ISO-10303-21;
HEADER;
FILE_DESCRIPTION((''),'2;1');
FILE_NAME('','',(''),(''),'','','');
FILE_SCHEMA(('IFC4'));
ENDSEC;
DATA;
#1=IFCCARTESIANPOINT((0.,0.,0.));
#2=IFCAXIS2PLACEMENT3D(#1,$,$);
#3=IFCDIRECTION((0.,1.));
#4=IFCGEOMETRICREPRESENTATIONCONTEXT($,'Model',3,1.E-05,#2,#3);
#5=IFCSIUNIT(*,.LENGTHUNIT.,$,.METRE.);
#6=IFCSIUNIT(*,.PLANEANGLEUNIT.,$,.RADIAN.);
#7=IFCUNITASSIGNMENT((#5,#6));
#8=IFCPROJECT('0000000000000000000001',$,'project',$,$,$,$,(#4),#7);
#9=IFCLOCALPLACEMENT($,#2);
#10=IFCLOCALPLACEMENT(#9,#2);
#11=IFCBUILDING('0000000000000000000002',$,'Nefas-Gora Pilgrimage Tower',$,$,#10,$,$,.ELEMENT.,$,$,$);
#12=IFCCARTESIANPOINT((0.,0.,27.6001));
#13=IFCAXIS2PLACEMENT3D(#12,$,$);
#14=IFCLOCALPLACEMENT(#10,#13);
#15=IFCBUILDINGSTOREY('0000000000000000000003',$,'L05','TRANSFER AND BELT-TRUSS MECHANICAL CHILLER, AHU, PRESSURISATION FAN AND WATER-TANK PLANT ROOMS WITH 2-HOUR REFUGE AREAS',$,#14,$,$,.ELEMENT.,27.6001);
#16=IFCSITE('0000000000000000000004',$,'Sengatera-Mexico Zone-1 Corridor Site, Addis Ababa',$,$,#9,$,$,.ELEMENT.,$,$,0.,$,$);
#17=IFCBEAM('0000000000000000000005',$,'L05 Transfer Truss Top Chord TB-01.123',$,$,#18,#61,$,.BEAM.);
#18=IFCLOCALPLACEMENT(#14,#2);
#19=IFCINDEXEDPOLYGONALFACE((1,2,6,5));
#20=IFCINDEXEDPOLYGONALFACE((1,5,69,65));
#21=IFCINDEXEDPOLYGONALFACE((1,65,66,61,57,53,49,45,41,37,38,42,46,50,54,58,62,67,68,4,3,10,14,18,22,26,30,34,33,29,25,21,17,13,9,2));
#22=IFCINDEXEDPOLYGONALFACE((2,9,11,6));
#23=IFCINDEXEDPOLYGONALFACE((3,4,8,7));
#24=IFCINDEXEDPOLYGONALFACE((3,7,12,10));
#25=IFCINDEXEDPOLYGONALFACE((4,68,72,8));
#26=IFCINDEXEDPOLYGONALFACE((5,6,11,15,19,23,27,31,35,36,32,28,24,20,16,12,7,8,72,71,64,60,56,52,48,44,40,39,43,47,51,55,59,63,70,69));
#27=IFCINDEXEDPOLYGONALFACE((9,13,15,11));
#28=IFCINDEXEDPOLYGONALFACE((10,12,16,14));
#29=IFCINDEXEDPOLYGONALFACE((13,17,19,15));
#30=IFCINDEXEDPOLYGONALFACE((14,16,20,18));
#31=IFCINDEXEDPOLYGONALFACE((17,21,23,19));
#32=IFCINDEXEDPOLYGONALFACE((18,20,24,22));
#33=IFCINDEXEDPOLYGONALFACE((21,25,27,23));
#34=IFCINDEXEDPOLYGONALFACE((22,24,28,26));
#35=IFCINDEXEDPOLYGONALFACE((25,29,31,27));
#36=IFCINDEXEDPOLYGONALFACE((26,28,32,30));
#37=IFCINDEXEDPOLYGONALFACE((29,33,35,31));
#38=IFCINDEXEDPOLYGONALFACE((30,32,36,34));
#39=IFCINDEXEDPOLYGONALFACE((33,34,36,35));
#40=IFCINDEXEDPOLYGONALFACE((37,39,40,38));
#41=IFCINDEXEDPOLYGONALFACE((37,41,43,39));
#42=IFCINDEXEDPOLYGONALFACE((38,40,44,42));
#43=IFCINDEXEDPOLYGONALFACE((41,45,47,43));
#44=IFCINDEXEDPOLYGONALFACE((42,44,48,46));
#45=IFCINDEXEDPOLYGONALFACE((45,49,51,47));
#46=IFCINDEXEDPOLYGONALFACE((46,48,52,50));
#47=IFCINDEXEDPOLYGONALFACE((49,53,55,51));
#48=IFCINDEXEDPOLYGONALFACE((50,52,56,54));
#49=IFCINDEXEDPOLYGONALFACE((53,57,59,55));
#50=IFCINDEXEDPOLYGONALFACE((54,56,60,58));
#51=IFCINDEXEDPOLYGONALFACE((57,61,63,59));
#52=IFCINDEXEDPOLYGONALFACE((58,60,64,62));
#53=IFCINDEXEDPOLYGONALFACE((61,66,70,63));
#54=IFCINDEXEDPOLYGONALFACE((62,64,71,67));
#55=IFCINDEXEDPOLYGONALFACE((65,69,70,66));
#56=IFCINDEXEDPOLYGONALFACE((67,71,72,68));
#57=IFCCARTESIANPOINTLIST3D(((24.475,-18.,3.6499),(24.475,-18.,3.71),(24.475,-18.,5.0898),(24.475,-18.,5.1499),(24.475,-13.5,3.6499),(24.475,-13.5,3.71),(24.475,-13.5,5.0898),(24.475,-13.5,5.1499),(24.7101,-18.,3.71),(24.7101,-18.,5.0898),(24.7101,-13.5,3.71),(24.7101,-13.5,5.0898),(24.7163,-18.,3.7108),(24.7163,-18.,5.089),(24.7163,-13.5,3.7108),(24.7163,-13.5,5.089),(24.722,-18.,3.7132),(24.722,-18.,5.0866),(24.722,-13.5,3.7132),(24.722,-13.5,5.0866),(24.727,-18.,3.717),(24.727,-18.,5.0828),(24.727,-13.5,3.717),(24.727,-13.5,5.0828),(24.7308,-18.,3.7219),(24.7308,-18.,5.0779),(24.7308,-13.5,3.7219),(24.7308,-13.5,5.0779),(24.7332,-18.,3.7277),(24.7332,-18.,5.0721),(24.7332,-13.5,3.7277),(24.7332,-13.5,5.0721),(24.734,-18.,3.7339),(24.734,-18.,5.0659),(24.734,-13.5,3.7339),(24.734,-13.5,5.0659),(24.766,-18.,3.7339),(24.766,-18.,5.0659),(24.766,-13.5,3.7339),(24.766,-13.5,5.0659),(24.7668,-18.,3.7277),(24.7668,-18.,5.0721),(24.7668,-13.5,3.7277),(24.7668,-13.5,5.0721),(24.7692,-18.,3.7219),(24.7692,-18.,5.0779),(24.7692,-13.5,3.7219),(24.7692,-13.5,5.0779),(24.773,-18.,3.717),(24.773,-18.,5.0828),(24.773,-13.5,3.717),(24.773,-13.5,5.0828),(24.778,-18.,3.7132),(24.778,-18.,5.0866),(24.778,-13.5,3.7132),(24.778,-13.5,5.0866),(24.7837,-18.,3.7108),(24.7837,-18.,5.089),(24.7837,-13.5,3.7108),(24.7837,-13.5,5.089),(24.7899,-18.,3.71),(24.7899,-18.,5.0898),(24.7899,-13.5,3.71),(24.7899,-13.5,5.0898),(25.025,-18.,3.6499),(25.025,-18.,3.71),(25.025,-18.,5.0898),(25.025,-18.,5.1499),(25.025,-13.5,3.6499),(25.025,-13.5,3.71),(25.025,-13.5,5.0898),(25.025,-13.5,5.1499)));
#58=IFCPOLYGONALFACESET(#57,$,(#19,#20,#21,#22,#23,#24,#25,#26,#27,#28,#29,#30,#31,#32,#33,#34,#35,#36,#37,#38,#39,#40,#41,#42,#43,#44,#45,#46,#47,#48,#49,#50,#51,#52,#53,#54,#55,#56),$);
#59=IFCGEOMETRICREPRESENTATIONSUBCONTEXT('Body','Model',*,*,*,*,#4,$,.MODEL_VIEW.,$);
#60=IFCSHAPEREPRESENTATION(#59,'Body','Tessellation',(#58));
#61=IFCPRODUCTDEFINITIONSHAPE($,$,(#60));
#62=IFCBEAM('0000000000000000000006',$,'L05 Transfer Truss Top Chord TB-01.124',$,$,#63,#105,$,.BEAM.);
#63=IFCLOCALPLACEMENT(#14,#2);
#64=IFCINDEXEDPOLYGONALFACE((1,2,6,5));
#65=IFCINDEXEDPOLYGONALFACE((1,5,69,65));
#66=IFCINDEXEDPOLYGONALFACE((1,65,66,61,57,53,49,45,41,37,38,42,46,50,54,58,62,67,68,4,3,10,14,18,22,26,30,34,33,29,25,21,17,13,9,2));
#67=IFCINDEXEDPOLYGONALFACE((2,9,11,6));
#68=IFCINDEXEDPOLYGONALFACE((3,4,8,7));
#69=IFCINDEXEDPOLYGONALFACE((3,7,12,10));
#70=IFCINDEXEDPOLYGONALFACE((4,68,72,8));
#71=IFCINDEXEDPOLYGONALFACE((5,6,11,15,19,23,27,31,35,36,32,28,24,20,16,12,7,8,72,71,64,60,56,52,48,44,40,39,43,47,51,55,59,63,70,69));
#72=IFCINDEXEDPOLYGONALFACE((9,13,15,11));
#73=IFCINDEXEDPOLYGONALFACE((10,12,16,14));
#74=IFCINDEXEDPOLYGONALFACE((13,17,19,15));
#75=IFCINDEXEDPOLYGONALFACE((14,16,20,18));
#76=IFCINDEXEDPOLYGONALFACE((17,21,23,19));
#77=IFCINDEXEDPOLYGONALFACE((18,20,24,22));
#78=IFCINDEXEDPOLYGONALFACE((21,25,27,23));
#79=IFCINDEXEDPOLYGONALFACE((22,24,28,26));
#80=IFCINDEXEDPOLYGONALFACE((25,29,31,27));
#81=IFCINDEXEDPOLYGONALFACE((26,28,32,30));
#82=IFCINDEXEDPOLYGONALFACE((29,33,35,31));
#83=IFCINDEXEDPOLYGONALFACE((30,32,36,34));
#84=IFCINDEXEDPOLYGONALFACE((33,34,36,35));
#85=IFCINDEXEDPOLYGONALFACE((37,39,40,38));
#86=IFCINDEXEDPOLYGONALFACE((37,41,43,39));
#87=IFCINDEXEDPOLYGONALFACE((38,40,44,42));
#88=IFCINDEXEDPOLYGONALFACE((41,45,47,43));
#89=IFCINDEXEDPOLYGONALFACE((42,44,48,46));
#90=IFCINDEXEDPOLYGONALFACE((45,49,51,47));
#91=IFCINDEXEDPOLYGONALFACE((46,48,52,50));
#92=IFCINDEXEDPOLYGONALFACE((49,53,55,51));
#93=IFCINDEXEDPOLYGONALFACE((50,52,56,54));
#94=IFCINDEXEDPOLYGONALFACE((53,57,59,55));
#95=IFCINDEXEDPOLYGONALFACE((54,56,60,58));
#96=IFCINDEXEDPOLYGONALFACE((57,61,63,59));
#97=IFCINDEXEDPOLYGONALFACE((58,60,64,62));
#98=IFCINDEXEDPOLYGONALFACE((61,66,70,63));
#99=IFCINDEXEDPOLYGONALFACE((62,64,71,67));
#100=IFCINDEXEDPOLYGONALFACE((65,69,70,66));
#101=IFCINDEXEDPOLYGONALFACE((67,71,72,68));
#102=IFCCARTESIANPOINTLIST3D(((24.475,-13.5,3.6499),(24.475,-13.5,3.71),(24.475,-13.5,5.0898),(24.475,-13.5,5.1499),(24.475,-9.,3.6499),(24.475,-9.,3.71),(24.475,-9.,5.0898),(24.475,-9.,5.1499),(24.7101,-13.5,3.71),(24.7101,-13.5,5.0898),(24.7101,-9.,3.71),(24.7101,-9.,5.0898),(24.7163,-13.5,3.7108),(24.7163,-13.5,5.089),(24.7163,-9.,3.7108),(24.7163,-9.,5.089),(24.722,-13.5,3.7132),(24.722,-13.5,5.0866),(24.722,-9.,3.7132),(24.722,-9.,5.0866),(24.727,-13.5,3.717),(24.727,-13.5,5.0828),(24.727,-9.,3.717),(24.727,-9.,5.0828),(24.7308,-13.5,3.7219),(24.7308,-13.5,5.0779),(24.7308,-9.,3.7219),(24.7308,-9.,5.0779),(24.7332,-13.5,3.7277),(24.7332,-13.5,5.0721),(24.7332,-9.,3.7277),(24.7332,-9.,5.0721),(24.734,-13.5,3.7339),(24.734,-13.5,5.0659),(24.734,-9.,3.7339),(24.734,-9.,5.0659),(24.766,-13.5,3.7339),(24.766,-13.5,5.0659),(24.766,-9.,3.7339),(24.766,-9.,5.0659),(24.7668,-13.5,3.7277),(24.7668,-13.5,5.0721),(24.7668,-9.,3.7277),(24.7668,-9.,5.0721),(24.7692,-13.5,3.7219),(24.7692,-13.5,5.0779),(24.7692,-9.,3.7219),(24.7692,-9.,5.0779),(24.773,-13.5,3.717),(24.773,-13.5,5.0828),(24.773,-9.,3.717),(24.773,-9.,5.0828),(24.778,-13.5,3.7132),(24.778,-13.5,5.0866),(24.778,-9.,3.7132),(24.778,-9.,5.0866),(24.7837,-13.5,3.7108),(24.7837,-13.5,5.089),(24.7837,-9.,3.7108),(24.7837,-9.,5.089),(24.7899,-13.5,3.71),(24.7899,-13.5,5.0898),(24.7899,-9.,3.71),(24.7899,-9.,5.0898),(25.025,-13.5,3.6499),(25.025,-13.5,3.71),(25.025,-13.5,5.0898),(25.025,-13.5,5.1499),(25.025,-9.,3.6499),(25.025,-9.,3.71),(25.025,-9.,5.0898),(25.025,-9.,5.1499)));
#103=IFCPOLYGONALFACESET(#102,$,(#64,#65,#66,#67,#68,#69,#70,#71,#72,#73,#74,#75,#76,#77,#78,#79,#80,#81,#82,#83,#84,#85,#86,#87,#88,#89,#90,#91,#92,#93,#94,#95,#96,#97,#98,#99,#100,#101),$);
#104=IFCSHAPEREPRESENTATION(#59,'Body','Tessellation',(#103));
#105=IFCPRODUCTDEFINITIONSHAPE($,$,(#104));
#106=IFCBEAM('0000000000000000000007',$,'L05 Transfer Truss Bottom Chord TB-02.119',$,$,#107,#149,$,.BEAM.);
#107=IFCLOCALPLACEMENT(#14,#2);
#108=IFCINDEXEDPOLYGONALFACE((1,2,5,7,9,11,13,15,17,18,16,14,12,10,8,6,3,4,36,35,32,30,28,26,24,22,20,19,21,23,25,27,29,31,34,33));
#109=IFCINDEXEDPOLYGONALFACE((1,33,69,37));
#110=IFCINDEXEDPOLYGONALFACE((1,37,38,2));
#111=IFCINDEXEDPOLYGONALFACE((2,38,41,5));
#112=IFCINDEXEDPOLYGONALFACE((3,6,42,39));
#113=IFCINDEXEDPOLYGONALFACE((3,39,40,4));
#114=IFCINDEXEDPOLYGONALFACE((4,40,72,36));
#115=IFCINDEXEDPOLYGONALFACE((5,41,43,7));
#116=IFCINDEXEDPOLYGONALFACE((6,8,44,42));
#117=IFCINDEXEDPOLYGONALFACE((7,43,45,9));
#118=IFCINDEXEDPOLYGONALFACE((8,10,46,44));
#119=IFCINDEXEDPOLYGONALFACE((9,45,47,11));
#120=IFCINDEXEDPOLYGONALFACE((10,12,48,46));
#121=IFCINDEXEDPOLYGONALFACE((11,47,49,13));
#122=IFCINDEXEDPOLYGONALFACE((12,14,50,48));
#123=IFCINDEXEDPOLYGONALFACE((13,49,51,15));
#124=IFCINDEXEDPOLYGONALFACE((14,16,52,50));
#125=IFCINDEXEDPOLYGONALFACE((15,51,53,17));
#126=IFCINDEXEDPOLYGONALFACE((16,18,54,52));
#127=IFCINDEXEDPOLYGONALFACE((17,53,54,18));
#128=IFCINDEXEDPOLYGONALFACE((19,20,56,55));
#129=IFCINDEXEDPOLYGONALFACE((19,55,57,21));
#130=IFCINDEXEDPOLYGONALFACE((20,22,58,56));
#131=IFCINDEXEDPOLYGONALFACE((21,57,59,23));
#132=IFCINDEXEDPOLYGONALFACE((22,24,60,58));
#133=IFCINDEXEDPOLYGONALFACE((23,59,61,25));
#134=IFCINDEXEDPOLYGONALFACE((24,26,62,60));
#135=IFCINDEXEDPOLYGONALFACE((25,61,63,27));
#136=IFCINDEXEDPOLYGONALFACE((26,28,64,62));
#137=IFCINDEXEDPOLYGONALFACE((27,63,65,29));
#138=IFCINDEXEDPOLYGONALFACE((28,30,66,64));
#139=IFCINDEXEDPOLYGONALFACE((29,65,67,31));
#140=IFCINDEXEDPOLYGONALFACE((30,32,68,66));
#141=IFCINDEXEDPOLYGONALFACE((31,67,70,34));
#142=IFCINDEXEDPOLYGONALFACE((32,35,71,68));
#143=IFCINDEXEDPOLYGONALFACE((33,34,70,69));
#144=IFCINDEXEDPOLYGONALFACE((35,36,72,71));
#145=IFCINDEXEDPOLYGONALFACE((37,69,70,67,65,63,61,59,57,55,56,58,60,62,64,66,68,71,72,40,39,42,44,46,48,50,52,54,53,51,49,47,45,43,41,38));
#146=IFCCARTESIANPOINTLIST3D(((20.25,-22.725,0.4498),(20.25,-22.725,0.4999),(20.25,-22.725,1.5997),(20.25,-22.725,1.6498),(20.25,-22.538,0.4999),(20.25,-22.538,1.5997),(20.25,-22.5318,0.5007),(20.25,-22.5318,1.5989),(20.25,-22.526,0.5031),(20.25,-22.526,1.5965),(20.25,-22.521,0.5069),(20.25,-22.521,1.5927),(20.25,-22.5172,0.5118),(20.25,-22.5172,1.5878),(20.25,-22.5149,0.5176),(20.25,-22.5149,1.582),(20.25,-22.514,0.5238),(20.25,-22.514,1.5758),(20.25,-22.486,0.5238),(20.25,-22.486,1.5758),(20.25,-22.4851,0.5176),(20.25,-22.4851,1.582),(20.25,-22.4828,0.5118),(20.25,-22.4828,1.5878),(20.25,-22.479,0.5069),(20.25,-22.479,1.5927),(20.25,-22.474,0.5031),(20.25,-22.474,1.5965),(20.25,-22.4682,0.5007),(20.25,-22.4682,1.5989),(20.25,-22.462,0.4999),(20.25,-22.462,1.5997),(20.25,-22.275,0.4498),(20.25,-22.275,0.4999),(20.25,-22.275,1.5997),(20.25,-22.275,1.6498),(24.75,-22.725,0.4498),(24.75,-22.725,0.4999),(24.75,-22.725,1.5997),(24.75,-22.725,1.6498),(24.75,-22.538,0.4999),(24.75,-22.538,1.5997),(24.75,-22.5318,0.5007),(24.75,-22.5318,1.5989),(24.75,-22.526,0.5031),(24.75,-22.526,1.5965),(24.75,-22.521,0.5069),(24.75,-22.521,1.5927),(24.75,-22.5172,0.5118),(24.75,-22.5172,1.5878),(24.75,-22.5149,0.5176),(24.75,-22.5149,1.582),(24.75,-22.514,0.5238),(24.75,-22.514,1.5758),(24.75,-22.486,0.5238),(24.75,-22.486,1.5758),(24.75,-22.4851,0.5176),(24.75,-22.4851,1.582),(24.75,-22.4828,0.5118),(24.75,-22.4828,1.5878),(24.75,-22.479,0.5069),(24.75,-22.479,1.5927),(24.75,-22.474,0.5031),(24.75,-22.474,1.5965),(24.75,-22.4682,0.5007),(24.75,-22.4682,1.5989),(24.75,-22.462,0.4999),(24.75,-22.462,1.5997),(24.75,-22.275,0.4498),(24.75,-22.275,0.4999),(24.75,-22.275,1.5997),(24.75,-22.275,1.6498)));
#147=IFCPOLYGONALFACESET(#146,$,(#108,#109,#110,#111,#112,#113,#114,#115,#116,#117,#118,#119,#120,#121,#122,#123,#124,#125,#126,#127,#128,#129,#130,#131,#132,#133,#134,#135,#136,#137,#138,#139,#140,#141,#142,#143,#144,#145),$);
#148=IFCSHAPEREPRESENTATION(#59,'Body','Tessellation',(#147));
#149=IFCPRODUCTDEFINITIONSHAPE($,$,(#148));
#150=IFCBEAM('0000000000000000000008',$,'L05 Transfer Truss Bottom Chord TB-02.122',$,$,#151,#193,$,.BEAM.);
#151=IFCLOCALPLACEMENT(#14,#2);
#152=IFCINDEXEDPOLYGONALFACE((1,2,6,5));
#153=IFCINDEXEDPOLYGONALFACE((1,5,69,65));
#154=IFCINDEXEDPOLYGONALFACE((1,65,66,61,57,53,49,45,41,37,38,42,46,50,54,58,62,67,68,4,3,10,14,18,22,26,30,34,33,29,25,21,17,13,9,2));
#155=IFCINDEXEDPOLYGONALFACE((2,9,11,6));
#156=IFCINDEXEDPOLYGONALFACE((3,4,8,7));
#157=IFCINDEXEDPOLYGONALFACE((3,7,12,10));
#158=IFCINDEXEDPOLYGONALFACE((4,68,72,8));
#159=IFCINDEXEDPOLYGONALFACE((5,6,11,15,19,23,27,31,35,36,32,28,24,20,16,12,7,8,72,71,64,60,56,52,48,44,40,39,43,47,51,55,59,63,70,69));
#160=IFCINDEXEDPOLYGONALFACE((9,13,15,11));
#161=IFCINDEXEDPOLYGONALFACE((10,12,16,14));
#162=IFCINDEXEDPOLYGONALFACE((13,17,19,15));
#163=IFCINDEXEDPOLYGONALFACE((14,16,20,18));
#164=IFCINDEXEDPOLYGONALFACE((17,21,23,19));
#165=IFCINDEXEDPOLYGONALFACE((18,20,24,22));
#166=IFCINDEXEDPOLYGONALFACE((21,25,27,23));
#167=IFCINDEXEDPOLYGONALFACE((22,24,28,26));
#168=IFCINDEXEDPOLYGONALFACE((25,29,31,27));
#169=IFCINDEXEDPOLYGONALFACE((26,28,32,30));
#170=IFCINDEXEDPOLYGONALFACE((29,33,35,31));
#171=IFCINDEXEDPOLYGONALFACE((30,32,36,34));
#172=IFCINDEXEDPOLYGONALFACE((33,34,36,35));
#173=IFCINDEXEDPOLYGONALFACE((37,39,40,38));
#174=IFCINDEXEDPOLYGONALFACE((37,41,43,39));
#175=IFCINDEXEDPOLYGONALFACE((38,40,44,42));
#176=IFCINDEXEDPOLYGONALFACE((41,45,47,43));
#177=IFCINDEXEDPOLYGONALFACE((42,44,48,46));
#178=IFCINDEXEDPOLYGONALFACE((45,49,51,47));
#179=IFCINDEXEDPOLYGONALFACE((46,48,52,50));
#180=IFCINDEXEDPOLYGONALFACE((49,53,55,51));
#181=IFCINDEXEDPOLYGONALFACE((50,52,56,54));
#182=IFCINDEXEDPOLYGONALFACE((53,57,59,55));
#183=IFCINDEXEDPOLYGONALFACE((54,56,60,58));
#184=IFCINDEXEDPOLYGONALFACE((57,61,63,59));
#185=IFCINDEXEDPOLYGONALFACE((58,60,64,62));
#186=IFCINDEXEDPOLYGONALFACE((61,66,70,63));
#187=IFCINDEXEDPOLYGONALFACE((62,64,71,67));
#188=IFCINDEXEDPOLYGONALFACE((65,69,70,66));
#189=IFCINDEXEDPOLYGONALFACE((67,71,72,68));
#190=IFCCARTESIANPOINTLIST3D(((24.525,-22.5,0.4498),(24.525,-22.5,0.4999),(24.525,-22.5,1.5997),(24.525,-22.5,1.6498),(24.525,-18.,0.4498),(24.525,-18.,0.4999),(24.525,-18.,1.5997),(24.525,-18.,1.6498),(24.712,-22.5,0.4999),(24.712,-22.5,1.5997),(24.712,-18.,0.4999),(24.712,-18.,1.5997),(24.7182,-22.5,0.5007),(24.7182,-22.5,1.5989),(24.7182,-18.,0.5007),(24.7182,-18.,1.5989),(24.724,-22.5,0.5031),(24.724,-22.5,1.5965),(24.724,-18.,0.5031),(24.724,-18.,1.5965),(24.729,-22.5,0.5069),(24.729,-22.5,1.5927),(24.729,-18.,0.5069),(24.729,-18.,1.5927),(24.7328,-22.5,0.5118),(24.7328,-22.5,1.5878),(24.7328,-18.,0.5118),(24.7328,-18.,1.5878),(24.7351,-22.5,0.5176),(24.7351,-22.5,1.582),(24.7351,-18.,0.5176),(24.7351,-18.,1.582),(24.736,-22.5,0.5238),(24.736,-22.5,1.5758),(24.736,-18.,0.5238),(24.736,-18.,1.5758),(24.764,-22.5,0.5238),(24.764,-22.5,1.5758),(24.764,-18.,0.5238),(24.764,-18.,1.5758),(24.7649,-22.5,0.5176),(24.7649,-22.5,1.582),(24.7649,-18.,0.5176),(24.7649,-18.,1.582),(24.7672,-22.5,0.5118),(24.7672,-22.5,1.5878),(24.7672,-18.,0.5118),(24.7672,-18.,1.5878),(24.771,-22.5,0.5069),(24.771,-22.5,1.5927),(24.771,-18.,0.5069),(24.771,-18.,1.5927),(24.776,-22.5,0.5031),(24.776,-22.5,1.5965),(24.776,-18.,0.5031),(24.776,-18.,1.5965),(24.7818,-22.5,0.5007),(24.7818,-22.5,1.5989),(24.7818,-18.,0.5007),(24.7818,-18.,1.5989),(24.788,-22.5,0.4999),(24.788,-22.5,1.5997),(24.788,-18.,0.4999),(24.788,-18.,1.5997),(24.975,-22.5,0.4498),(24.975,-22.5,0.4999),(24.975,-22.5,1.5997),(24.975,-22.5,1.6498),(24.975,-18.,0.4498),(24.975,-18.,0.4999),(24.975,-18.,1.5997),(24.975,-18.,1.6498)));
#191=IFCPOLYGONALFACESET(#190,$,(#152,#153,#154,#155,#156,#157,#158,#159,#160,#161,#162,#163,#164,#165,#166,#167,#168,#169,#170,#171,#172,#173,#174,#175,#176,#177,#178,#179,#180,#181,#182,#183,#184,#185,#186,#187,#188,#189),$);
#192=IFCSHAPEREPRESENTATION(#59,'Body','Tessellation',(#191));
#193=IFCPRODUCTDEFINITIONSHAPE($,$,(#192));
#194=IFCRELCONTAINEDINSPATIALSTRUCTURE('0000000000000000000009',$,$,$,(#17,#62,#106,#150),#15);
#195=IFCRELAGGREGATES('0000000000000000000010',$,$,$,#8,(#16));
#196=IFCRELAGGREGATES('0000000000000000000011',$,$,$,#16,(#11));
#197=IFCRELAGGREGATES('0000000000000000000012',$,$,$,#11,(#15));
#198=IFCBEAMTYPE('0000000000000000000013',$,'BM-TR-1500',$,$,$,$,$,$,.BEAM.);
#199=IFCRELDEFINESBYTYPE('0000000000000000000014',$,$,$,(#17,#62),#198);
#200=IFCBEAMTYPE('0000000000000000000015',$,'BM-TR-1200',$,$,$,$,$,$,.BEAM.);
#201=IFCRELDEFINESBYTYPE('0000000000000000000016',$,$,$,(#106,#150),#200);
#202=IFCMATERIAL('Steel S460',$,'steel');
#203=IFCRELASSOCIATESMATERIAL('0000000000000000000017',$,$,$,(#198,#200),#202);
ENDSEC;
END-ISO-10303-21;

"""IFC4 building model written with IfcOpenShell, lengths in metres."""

from ifc_helpers import new_model, si_unit, direction, frame, origin, origin_2d, place, context, subcontext, project, spatial, i_section, extrude, source, transform, mapped, material, material_profile, profile_set, type_object, element, save


model = new_model("IFC4")

# Units and contexts
model_context = context("Model", 3, precision=1e-05, world=origin(), true_north=direction((0.0, 1.0)))
body_context = subcontext(model_context, "Body", "Model", "MODEL_VIEW")
ifc_project = project(units=[si_unit("LENGTHUNIT", "METRE"), si_unit("PLANEANGLEUNIT", "RADIAN")], contexts=[model_context])

# Site, building, storey
site_placement = place(None, origin())
site = spatial("IfcSite", under=ifc_project, at=site_placement, Name="Sengatera-Mexico Zone-1 Corridor Site, Addis Ababa", CompositionType="ELEMENT", RefElevation=0.0)
building_placement = place(site_placement, origin())
building = spatial("IfcBuilding", under=site, at=building_placement, Name="Nefas-Gora Pilgrimage Tower", CompositionType="ELEMENT")
storey_placement = place(building_placement, frame((0.0, 0.0, 27.6001)))
storey = spatial("IfcBuildingStorey", under=building, at=storey_placement, Name="L05", Description="TRANSFER AND BELT-TRUSS MECHANICAL CHILLER, AHU, PRESSURISATION FAN AND WATER-TANK PLANT ROOMS WITH 2-HOUR REFUGE AREAS", CompositionType="ELEMENT", Elevation=27.6001)

# Shared definitions
ifc_material_1 = material(Name="Steel S460", Category="steel")

# Beams
ifc_material_profile_1 = material_profile(ifc_material_1, i_section(OverallWidth=0.55, OverallDepth=1.5, WebThickness=0.032, FlangeThickness=0.0601, FilletRadius=0.0239, at=origin_2d()), Name="WPG 1500x550x32x60")
ifc_profile_set_1 = profile_set([ifc_material_profile_1], Name="Steel S460")
beam_type_1 = type_object("IfcBeamType", Name="BM-TR-1500", PredefinedType="BEAM", material=ifc_profile_set_1)
ifc_material_profile_2 = material_profile(ifc_material_1, i_section(OverallWidth=0.45, OverallDepth=1.2, WebThickness=0.0281, FlangeThickness=0.05, FilletRadius=0.0239, at=origin_2d()), Name="WPG 1200x450x28x50")
ifc_profile_set_2 = profile_set([ifc_material_profile_2], Name="Steel S460")
beam_type_2 = type_object("IfcBeamType", Name="BM-TR-1200", PredefinedType="BEAM", material=ifc_profile_set_2)
shared_shape_1 = source(origin(), body_context, "Body", "SweptSolid", [
    extrude(i_section(OverallWidth=0.55, OverallDepth=1.5, WebThickness=0.032, FlangeThickness=0.0601, FilletRadius=0.0239, at=origin_2d()), origin(), (0.0, 0.0, 1.0), 4.5),
])
for number, where, z_axis, x_axis, name in (
    (1, (24.75, -18.0, 4.3999), (0.0, 1.0, 0.0), (-1.0, 0.0, 0.0), "L05 Transfer Truss Top Chord TB-01.123"),
    (2, (24.75, -13.5, 4.3999), (0.0, 1.0, 0.0), (-1.0, 0.0, 0.0), "L05 Transfer Truss Top Chord TB-01.124"),
):
    element("IfcBeam", number, at=place(storey_placement, frame(where, z_axis=z_axis, x_axis=x_axis)), inside=storey, type_object=beam_type_1, Name=name, PredefinedType="BEAM", context=body_context, shape_type="MappedRepresentation", body=[
        mapped(shared_shape_1, transform((0.0, 0.0, 0.0), x_axis=(1.0, 0.0, 0.0), y_axis=(0.0, 1.0, 0.0), z_axis=(0.0, 0.0, 1.0), scale=1.0)),
    ])
shared_shape_2 = source(origin(), body_context, "Body", "SweptSolid", [
    extrude(i_section(OverallWidth=0.45, OverallDepth=1.2, WebThickness=0.0281, FlangeThickness=0.05, FilletRadius=0.0239, at=origin_2d()), origin(), (0.0, 0.0, 1.0), 4.5),
])
for number, where, z_axis, x_axis, name in (
    (3, (20.25, -22.5, 1.0498), (1.0, 0.0, 0.0), (0.0, 1.0, 0.0), "L05 Transfer Truss Bottom Chord TB-02.119"),
    (4, (24.75, -22.5, 1.0498), (0.0, 1.0, 0.0), (-1.0, 0.0, 0.0), "L05 Transfer Truss Bottom Chord TB-02.122"),
):
    element("IfcBeam", number, at=place(storey_placement, frame(where, z_axis=z_axis, x_axis=x_axis)), inside=storey, type_object=beam_type_2, Name=name, PredefinedType="BEAM", context=body_context, shape_type="MappedRepresentation", body=[
        mapped(shared_shape_2, transform((0.0, 0.0, 0.0), x_axis=(1.0, 0.0, 0.0), y_axis=(0.0, 1.0, 0.0), z_axis=(0.0, 0.0, 1.0), scale=1.0)),
    ])

save(model, "model.ifc")
